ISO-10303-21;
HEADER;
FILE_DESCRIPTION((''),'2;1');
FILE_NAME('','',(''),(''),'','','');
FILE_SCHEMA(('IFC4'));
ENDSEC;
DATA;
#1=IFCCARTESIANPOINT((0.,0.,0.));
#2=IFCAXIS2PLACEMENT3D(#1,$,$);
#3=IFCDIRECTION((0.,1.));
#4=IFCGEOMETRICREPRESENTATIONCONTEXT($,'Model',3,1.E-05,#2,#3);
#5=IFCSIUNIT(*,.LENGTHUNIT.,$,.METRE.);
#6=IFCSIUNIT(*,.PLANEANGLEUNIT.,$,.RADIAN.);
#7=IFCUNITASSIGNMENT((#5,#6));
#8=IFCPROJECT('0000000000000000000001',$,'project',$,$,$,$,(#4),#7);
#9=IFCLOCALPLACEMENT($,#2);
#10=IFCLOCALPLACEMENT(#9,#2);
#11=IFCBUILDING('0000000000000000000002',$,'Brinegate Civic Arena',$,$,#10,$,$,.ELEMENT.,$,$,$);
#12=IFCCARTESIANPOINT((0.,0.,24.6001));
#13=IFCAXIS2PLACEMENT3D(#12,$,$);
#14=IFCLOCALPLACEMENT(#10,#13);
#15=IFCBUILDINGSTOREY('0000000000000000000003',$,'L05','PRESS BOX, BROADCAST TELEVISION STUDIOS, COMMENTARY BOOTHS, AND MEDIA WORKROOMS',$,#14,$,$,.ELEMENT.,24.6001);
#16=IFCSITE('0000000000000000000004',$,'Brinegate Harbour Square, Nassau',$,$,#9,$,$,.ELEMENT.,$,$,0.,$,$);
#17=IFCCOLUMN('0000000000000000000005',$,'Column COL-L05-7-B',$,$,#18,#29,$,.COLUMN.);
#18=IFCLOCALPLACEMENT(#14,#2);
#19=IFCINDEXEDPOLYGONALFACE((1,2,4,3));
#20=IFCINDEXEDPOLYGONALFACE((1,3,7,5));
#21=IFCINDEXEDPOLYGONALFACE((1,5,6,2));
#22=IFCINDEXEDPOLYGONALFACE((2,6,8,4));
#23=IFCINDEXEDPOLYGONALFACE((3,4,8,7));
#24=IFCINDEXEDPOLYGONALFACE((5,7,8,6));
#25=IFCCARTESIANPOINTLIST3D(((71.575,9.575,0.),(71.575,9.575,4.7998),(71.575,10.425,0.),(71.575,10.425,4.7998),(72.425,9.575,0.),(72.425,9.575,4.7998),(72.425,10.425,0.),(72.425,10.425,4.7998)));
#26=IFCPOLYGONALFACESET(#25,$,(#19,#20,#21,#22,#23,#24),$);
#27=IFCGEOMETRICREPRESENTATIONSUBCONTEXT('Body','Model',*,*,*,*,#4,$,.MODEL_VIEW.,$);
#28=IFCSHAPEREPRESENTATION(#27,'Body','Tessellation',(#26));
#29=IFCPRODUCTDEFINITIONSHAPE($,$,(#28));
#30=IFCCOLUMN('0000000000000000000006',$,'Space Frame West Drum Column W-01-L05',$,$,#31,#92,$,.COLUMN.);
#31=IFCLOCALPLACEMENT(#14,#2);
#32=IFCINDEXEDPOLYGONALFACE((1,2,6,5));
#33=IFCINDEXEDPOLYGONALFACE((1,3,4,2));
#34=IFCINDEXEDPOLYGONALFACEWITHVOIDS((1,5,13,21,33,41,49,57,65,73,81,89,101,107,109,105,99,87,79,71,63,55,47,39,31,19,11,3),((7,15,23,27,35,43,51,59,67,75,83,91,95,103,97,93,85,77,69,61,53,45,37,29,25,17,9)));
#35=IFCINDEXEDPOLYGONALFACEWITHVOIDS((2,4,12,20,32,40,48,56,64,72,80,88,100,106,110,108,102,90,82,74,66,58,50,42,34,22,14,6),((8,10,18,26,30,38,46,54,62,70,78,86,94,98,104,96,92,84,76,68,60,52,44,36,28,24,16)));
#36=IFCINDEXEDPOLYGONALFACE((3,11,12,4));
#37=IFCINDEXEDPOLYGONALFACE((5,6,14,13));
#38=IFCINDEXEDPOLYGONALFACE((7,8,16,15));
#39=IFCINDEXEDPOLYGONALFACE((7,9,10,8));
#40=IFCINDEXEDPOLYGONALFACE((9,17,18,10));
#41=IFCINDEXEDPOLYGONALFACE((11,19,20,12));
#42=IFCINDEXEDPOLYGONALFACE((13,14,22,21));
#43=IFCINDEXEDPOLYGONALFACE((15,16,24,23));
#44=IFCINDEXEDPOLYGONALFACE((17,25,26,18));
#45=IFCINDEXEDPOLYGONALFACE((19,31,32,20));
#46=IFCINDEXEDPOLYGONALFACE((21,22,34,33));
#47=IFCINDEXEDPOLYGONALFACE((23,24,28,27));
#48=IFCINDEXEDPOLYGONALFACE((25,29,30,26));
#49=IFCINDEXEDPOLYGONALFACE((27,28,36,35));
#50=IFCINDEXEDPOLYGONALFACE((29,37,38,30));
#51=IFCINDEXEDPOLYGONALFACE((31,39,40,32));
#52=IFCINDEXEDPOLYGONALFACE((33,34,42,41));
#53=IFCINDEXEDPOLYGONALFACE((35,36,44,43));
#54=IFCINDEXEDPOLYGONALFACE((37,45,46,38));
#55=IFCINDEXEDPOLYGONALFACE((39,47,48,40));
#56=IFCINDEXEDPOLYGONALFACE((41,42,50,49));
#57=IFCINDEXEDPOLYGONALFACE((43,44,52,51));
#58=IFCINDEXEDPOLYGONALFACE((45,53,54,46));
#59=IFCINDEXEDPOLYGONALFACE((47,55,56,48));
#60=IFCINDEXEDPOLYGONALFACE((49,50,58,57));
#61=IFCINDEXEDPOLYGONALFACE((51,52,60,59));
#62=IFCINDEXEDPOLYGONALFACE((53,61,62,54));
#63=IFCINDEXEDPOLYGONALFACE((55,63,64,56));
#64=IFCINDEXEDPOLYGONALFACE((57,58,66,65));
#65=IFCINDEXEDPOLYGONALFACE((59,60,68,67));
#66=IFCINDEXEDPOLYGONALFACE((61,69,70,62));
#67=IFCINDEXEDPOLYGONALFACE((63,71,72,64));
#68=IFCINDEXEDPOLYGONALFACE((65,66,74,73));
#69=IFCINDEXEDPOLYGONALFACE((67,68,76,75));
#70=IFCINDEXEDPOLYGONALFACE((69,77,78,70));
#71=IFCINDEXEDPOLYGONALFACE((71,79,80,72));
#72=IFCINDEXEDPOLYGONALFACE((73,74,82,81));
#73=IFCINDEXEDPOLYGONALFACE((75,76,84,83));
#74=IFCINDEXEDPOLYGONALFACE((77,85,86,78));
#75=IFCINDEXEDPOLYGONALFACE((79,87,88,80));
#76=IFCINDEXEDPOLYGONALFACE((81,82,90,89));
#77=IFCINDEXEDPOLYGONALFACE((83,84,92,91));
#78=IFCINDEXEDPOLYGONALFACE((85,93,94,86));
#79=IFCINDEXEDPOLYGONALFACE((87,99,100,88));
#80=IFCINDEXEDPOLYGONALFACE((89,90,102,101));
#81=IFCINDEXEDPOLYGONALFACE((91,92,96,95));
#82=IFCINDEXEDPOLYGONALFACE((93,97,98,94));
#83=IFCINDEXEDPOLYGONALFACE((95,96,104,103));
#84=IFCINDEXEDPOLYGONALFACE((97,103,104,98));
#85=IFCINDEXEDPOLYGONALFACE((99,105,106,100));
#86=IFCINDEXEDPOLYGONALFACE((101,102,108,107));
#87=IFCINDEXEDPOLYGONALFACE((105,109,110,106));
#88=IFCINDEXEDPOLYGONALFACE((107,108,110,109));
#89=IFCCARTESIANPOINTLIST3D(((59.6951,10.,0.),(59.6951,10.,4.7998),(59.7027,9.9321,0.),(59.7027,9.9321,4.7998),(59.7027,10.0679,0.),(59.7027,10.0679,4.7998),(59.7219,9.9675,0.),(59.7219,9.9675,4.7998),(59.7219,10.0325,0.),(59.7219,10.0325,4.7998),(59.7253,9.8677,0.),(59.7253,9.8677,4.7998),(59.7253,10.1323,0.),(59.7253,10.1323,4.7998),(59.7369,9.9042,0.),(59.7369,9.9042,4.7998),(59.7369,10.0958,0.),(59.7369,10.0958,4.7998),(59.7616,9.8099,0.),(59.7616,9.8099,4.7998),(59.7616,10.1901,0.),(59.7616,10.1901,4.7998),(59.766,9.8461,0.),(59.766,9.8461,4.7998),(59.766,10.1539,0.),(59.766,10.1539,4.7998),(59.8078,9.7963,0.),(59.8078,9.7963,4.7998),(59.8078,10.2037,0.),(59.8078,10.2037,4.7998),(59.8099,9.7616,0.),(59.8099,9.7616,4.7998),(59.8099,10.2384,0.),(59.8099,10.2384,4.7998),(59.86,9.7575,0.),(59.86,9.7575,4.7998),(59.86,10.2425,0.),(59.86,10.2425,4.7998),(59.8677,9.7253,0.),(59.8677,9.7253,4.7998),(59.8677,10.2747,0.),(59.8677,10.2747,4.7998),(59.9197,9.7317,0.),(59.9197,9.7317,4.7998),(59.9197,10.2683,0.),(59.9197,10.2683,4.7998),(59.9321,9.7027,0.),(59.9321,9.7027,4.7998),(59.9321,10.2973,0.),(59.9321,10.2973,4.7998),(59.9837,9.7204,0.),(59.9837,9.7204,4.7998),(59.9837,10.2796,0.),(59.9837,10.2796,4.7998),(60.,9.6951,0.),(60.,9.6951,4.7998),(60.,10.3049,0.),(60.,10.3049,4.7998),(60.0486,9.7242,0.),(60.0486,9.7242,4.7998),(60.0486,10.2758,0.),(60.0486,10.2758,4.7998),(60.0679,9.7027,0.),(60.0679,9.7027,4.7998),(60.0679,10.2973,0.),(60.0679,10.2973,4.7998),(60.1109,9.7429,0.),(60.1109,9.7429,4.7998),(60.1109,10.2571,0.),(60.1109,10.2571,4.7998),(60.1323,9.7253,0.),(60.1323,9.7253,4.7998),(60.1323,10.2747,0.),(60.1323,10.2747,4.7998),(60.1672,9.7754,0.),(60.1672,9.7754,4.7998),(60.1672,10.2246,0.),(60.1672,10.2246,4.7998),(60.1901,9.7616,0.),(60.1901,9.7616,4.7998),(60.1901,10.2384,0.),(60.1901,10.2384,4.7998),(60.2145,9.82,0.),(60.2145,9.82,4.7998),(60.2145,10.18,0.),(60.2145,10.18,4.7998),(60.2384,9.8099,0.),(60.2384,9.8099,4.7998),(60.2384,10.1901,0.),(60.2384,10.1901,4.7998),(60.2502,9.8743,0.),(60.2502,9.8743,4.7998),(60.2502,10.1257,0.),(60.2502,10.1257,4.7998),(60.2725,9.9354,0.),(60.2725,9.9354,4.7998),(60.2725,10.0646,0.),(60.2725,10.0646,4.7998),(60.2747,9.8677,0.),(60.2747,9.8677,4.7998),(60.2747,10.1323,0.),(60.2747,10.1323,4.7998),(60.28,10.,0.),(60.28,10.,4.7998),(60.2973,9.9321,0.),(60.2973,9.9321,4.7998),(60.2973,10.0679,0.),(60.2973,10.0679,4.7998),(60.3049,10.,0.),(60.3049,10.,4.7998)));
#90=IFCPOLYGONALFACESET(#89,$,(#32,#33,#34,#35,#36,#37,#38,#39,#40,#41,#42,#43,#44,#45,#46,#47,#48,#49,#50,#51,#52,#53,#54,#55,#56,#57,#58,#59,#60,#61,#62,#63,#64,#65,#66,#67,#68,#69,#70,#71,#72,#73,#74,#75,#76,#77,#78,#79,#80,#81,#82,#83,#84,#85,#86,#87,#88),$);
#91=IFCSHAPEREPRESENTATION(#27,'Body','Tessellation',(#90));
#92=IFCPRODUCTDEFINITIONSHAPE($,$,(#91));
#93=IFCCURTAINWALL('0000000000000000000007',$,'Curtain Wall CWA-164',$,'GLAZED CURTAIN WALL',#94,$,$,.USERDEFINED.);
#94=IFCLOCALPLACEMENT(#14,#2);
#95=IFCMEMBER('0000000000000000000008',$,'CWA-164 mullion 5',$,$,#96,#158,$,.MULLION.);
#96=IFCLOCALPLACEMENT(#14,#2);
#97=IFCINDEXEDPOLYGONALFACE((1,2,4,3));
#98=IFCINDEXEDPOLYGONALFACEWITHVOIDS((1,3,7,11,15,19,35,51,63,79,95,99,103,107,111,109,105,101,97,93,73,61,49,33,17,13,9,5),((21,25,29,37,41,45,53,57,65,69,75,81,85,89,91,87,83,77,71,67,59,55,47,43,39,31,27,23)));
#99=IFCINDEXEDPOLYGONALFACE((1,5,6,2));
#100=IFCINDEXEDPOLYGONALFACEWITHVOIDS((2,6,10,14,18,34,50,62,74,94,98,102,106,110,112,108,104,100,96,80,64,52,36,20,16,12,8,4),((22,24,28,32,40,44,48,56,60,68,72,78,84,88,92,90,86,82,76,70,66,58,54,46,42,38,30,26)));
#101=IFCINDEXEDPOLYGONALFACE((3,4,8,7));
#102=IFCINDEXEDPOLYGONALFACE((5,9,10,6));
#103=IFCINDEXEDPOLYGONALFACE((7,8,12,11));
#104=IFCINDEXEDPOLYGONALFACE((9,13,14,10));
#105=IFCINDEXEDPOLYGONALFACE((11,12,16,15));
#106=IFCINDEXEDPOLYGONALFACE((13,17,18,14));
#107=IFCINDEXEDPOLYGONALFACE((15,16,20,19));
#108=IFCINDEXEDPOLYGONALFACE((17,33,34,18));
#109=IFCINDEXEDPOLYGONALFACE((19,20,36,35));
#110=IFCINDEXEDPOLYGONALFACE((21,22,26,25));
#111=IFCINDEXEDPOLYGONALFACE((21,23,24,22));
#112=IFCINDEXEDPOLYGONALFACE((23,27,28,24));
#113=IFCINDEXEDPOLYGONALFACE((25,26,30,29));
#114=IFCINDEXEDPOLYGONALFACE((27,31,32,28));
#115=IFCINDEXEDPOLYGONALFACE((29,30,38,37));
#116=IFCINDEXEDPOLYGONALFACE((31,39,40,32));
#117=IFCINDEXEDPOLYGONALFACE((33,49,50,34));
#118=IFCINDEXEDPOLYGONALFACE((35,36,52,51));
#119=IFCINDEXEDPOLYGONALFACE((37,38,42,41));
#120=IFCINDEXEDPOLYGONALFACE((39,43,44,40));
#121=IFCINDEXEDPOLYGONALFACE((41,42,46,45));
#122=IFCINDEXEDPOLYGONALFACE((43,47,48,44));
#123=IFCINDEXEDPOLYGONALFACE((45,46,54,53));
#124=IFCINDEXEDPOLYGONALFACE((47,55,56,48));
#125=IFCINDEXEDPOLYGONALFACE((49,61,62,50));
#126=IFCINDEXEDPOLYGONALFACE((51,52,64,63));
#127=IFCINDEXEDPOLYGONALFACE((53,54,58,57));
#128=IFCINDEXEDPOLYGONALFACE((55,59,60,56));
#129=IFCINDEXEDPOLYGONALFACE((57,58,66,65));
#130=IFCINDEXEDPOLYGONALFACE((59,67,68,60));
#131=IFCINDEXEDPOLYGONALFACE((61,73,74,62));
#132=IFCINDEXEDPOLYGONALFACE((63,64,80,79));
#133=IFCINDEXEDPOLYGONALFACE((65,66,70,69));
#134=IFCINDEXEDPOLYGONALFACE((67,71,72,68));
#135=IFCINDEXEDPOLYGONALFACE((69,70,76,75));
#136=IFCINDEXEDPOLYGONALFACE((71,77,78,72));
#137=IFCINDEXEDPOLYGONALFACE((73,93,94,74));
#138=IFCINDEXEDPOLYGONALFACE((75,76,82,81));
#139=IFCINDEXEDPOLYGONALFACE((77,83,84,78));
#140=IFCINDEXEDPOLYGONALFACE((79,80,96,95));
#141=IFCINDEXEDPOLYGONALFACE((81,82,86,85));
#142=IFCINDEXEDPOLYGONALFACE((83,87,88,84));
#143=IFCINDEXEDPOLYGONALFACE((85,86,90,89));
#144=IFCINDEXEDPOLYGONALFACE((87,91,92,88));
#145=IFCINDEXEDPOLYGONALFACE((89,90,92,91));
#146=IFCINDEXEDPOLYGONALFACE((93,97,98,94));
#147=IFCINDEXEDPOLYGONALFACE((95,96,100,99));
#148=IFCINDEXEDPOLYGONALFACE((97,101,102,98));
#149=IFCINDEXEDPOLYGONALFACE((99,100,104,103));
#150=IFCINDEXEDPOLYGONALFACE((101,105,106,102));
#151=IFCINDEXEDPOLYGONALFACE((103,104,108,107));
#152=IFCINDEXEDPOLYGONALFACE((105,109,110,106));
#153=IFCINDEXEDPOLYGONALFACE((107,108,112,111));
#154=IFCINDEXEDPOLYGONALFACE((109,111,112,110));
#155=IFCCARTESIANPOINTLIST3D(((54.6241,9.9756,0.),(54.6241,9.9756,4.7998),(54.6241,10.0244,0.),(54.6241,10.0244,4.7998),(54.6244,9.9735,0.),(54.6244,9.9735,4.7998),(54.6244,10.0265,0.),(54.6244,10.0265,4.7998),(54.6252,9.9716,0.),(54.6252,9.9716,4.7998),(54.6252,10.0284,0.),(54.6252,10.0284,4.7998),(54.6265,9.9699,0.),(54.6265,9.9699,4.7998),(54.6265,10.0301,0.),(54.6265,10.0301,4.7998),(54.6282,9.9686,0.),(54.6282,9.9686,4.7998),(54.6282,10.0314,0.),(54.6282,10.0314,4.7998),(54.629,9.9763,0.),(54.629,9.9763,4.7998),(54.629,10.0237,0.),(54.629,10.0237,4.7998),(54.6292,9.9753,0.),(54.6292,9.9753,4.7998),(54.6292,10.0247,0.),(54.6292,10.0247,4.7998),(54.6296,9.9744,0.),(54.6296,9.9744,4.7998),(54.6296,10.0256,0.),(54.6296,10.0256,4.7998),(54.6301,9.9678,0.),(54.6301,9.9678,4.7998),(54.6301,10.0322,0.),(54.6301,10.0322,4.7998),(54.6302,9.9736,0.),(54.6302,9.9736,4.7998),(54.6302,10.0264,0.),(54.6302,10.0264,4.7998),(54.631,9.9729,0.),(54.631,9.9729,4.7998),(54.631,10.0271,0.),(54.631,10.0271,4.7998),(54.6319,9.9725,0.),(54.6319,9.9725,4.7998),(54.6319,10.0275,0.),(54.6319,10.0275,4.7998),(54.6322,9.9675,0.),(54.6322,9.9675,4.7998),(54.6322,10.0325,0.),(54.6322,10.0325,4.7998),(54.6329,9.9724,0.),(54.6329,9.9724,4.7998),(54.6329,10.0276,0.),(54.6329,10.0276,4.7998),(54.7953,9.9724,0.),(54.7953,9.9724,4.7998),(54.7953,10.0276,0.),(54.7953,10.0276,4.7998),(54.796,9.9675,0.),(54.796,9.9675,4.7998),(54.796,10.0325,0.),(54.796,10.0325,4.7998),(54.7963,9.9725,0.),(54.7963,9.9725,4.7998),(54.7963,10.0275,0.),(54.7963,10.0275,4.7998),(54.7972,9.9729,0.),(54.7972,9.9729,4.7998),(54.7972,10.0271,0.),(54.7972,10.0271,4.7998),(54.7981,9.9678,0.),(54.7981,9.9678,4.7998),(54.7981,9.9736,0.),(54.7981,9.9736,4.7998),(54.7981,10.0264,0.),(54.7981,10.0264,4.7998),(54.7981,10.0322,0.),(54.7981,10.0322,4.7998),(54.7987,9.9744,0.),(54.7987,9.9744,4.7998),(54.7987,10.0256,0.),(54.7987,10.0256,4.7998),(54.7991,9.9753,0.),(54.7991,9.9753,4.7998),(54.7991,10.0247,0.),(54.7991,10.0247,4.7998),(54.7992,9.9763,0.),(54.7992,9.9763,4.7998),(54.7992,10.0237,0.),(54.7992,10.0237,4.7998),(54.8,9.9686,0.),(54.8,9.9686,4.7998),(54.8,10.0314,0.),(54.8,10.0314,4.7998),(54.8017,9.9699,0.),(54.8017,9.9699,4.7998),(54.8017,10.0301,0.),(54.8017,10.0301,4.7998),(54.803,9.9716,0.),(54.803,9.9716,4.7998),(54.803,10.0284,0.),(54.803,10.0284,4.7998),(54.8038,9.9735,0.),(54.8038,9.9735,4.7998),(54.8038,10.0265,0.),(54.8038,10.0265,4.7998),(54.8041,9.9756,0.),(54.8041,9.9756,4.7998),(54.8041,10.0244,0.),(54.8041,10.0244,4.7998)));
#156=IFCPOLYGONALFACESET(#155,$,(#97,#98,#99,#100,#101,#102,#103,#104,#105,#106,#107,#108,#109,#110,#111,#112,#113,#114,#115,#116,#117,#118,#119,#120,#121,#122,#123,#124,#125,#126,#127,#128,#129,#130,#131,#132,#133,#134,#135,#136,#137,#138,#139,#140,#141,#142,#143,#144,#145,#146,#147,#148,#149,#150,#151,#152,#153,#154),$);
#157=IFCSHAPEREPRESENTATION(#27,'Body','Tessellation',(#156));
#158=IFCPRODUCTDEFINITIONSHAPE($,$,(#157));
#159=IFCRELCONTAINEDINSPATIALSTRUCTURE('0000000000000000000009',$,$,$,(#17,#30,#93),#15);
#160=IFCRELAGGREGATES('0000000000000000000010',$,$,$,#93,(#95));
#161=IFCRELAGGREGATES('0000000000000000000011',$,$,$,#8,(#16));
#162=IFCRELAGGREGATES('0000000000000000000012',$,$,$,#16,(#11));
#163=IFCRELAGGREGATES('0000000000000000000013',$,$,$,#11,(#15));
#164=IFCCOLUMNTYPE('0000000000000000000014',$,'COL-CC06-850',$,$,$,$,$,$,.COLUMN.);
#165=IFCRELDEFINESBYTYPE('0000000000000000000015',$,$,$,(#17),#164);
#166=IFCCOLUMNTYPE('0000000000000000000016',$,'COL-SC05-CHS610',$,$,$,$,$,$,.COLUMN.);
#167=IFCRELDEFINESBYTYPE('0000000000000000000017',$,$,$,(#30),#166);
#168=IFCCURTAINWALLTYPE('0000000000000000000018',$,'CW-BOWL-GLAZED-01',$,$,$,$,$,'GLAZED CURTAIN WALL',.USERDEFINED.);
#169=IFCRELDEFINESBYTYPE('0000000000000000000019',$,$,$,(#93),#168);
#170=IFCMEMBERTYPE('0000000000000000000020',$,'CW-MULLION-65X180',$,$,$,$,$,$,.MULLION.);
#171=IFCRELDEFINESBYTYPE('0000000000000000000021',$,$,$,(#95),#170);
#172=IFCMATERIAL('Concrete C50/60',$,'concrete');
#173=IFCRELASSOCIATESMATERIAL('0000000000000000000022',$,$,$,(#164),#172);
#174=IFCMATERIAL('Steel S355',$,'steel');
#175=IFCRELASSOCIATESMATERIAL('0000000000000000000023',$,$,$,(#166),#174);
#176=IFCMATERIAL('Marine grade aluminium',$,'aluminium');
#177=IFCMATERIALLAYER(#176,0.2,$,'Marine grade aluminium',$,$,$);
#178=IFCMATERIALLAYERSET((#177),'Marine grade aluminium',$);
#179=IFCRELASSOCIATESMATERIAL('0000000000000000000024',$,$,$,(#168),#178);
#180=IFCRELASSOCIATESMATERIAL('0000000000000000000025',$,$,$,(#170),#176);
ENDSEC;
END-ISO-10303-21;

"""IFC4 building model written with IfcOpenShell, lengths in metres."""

from ifc_helpers import new_model, si_unit, direction, frame, origin, origin_2d, place, context, subcontext, project, spatial, rectangle, hollow_rectangle, hollow_circle, extrude, material, layer, layer_set, material_profile, profile_set, type_object, element, aggregate, save


model = new_model("IFC4")

# Units and contexts
model_context = context("Model", 3, precision=1e-05, world=origin(), true_north=direction((0.0, 1.0)))
body_context = subcontext(model_context, "Body", "Model", "MODEL_VIEW")
ifc_project = project(units=[si_unit("LENGTHUNIT", "METRE"), si_unit("PLANEANGLEUNIT", "RADIAN")], contexts=[model_context])

# Site, building, storey
site_placement = place(None, origin())
site = spatial("IfcSite", under=ifc_project, at=site_placement, Name="Brinegate Harbour Square, Nassau", CompositionType="ELEMENT", RefElevation=0.0)
building_placement = place(site_placement, origin())
building = spatial("IfcBuilding", under=site, at=building_placement, Name="Brinegate Civic Arena", CompositionType="ELEMENT")
storey_placement = place(building_placement, frame((0.0, 0.0, 24.6001)))
storey = spatial("IfcBuildingStorey", under=building, at=storey_placement, Name="L05", Description="PRESS BOX, BROADCAST TELEVISION STUDIOS, COMMENTARY BOOTHS, AND MEDIA WORKROOMS", CompositionType="ELEMENT", Elevation=24.6001)

# Columns
ifc_material_1 = material(Name="Concrete C50/60", Category="concrete")
ifc_material_profile_1 = material_profile(ifc_material_1, rectangle(XDim=0.8501, YDim=0.8501, at=origin_2d()), Name="RC850X850")
ifc_profile_set_1 = profile_set([ifc_material_profile_1], Name="Concrete C50/60")
column_type_1 = type_object("IfcColumnType", Name="COL-CC06-850", PredefinedType="COLUMN", material=ifc_profile_set_1)
column_1_placement = place(storey_placement, frame((72.0, 10.0, 0.0), z_axis=(0.0, 0.0, 1.0), x_axis=(1.0, 0.0, 0.0)))
element("IfcColumn", 1, at=column_1_placement, inside=storey, type_object=column_type_1, Name="Column COL-L05-7-B", PredefinedType="COLUMN", context=body_context, shape_type="SweptSolid", body=[
    extrude(rectangle(XDim=0.8501, YDim=0.8501, at=origin_2d()), origin(), (0.0, 0.0, 1.0), 4.7998),
])
ifc_material_2 = material(Name="Steel S355", Category="steel")
ifc_material_profile_2 = material_profile(ifc_material_2, hollow_circle(Radius=0.3049, WallThickness=0.0249, at=origin_2d()), Name="CHS610X25")
ifc_profile_set_2 = profile_set([ifc_material_profile_2], Name="Steel S355")
column_type_2 = type_object("IfcColumnType", Name="COL-SC05-CHS610", PredefinedType="COLUMN", material=ifc_profile_set_2)
column_2_placement = place(storey_placement, frame((60.0, 10.0, 0.0), z_axis=(0.0, 0.0, 1.0), x_axis=(1.0, 0.0, 0.0)))
element("IfcColumn", 2, at=column_2_placement, inside=storey, type_object=column_type_2, Name="Space Frame West Drum Column W-01-L05", PredefinedType="COLUMN", context=body_context, shape_type="SweptSolid", body=[
    extrude(hollow_circle(Radius=0.3049, WallThickness=0.0249, at=origin_2d()), origin(), (0.0, 0.0, 1.0), 4.7998),
])

# Curtain wall, member
ifc_material_3 = material(Name="Marine grade aluminium", Category="aluminium")
ifc_layer_1 = layer(ifc_material_3, 0.2, Name="Marine grade aluminium")
ifc_layer_set_1 = layer_set([ifc_layer_1], Name="Marine grade aluminium")
curtain_wall_type = type_object("IfcCurtainWallType", Name="CW-BOWL-GLAZED-01", ElementType="GLAZED CURTAIN WALL", PredefinedType="USERDEFINED", material=ifc_layer_set_1)
curtain_wall_1_placement = place(storey_placement, origin())
curtain_wall_1 = element("IfcCurtainWall", 3, at=curtain_wall_1_placement, inside=storey, type_object=curtain_wall_type, Name="Curtain Wall CWA-164", ObjectType="GLAZED CURTAIN WALL", PredefinedType="USERDEFINED")
ifc_material_profile_3 = material_profile(ifc_material_3, hollow_rectangle(XDim=0.0649, YDim=0.1799, WallThickness=0.0049, InnerFilletRadius=0.0039, OuterFilletRadius=0.0081, at=origin_2d()), Name="MUL65X180")
ifc_profile_set_3 = profile_set([ifc_material_profile_3], Name="Marine grade aluminium")
member_type_1 = type_object("IfcMemberType", Name="CW-MULLION-65X180", PredefinedType="MULLION", material=ifc_profile_set_3)
member_1_placement = place(storey_placement, frame((54.7141, 10.0, 0.0), z_axis=(0.0, 0.0, 1.0), x_axis=(0.0, 1.0, 0.0)))
member_1 = element("IfcMember", 4, at=member_1_placement, type_object=member_type_1, Name="CWA-164 mullion 5", PredefinedType="MULLION", context=body_context, shape_type="SweptSolid", body=[
    extrude(hollow_rectangle(XDim=0.0649, YDim=0.1799, WallThickness=0.0049, InnerFilletRadius=0.0039, OuterFilletRadius=0.0081, at=origin_2d()), origin(), (0.0, 0.0, 1.0), 4.7998),
])

aggregate(curtain_wall_1, [member_1])

save(model, "model.ifc")
